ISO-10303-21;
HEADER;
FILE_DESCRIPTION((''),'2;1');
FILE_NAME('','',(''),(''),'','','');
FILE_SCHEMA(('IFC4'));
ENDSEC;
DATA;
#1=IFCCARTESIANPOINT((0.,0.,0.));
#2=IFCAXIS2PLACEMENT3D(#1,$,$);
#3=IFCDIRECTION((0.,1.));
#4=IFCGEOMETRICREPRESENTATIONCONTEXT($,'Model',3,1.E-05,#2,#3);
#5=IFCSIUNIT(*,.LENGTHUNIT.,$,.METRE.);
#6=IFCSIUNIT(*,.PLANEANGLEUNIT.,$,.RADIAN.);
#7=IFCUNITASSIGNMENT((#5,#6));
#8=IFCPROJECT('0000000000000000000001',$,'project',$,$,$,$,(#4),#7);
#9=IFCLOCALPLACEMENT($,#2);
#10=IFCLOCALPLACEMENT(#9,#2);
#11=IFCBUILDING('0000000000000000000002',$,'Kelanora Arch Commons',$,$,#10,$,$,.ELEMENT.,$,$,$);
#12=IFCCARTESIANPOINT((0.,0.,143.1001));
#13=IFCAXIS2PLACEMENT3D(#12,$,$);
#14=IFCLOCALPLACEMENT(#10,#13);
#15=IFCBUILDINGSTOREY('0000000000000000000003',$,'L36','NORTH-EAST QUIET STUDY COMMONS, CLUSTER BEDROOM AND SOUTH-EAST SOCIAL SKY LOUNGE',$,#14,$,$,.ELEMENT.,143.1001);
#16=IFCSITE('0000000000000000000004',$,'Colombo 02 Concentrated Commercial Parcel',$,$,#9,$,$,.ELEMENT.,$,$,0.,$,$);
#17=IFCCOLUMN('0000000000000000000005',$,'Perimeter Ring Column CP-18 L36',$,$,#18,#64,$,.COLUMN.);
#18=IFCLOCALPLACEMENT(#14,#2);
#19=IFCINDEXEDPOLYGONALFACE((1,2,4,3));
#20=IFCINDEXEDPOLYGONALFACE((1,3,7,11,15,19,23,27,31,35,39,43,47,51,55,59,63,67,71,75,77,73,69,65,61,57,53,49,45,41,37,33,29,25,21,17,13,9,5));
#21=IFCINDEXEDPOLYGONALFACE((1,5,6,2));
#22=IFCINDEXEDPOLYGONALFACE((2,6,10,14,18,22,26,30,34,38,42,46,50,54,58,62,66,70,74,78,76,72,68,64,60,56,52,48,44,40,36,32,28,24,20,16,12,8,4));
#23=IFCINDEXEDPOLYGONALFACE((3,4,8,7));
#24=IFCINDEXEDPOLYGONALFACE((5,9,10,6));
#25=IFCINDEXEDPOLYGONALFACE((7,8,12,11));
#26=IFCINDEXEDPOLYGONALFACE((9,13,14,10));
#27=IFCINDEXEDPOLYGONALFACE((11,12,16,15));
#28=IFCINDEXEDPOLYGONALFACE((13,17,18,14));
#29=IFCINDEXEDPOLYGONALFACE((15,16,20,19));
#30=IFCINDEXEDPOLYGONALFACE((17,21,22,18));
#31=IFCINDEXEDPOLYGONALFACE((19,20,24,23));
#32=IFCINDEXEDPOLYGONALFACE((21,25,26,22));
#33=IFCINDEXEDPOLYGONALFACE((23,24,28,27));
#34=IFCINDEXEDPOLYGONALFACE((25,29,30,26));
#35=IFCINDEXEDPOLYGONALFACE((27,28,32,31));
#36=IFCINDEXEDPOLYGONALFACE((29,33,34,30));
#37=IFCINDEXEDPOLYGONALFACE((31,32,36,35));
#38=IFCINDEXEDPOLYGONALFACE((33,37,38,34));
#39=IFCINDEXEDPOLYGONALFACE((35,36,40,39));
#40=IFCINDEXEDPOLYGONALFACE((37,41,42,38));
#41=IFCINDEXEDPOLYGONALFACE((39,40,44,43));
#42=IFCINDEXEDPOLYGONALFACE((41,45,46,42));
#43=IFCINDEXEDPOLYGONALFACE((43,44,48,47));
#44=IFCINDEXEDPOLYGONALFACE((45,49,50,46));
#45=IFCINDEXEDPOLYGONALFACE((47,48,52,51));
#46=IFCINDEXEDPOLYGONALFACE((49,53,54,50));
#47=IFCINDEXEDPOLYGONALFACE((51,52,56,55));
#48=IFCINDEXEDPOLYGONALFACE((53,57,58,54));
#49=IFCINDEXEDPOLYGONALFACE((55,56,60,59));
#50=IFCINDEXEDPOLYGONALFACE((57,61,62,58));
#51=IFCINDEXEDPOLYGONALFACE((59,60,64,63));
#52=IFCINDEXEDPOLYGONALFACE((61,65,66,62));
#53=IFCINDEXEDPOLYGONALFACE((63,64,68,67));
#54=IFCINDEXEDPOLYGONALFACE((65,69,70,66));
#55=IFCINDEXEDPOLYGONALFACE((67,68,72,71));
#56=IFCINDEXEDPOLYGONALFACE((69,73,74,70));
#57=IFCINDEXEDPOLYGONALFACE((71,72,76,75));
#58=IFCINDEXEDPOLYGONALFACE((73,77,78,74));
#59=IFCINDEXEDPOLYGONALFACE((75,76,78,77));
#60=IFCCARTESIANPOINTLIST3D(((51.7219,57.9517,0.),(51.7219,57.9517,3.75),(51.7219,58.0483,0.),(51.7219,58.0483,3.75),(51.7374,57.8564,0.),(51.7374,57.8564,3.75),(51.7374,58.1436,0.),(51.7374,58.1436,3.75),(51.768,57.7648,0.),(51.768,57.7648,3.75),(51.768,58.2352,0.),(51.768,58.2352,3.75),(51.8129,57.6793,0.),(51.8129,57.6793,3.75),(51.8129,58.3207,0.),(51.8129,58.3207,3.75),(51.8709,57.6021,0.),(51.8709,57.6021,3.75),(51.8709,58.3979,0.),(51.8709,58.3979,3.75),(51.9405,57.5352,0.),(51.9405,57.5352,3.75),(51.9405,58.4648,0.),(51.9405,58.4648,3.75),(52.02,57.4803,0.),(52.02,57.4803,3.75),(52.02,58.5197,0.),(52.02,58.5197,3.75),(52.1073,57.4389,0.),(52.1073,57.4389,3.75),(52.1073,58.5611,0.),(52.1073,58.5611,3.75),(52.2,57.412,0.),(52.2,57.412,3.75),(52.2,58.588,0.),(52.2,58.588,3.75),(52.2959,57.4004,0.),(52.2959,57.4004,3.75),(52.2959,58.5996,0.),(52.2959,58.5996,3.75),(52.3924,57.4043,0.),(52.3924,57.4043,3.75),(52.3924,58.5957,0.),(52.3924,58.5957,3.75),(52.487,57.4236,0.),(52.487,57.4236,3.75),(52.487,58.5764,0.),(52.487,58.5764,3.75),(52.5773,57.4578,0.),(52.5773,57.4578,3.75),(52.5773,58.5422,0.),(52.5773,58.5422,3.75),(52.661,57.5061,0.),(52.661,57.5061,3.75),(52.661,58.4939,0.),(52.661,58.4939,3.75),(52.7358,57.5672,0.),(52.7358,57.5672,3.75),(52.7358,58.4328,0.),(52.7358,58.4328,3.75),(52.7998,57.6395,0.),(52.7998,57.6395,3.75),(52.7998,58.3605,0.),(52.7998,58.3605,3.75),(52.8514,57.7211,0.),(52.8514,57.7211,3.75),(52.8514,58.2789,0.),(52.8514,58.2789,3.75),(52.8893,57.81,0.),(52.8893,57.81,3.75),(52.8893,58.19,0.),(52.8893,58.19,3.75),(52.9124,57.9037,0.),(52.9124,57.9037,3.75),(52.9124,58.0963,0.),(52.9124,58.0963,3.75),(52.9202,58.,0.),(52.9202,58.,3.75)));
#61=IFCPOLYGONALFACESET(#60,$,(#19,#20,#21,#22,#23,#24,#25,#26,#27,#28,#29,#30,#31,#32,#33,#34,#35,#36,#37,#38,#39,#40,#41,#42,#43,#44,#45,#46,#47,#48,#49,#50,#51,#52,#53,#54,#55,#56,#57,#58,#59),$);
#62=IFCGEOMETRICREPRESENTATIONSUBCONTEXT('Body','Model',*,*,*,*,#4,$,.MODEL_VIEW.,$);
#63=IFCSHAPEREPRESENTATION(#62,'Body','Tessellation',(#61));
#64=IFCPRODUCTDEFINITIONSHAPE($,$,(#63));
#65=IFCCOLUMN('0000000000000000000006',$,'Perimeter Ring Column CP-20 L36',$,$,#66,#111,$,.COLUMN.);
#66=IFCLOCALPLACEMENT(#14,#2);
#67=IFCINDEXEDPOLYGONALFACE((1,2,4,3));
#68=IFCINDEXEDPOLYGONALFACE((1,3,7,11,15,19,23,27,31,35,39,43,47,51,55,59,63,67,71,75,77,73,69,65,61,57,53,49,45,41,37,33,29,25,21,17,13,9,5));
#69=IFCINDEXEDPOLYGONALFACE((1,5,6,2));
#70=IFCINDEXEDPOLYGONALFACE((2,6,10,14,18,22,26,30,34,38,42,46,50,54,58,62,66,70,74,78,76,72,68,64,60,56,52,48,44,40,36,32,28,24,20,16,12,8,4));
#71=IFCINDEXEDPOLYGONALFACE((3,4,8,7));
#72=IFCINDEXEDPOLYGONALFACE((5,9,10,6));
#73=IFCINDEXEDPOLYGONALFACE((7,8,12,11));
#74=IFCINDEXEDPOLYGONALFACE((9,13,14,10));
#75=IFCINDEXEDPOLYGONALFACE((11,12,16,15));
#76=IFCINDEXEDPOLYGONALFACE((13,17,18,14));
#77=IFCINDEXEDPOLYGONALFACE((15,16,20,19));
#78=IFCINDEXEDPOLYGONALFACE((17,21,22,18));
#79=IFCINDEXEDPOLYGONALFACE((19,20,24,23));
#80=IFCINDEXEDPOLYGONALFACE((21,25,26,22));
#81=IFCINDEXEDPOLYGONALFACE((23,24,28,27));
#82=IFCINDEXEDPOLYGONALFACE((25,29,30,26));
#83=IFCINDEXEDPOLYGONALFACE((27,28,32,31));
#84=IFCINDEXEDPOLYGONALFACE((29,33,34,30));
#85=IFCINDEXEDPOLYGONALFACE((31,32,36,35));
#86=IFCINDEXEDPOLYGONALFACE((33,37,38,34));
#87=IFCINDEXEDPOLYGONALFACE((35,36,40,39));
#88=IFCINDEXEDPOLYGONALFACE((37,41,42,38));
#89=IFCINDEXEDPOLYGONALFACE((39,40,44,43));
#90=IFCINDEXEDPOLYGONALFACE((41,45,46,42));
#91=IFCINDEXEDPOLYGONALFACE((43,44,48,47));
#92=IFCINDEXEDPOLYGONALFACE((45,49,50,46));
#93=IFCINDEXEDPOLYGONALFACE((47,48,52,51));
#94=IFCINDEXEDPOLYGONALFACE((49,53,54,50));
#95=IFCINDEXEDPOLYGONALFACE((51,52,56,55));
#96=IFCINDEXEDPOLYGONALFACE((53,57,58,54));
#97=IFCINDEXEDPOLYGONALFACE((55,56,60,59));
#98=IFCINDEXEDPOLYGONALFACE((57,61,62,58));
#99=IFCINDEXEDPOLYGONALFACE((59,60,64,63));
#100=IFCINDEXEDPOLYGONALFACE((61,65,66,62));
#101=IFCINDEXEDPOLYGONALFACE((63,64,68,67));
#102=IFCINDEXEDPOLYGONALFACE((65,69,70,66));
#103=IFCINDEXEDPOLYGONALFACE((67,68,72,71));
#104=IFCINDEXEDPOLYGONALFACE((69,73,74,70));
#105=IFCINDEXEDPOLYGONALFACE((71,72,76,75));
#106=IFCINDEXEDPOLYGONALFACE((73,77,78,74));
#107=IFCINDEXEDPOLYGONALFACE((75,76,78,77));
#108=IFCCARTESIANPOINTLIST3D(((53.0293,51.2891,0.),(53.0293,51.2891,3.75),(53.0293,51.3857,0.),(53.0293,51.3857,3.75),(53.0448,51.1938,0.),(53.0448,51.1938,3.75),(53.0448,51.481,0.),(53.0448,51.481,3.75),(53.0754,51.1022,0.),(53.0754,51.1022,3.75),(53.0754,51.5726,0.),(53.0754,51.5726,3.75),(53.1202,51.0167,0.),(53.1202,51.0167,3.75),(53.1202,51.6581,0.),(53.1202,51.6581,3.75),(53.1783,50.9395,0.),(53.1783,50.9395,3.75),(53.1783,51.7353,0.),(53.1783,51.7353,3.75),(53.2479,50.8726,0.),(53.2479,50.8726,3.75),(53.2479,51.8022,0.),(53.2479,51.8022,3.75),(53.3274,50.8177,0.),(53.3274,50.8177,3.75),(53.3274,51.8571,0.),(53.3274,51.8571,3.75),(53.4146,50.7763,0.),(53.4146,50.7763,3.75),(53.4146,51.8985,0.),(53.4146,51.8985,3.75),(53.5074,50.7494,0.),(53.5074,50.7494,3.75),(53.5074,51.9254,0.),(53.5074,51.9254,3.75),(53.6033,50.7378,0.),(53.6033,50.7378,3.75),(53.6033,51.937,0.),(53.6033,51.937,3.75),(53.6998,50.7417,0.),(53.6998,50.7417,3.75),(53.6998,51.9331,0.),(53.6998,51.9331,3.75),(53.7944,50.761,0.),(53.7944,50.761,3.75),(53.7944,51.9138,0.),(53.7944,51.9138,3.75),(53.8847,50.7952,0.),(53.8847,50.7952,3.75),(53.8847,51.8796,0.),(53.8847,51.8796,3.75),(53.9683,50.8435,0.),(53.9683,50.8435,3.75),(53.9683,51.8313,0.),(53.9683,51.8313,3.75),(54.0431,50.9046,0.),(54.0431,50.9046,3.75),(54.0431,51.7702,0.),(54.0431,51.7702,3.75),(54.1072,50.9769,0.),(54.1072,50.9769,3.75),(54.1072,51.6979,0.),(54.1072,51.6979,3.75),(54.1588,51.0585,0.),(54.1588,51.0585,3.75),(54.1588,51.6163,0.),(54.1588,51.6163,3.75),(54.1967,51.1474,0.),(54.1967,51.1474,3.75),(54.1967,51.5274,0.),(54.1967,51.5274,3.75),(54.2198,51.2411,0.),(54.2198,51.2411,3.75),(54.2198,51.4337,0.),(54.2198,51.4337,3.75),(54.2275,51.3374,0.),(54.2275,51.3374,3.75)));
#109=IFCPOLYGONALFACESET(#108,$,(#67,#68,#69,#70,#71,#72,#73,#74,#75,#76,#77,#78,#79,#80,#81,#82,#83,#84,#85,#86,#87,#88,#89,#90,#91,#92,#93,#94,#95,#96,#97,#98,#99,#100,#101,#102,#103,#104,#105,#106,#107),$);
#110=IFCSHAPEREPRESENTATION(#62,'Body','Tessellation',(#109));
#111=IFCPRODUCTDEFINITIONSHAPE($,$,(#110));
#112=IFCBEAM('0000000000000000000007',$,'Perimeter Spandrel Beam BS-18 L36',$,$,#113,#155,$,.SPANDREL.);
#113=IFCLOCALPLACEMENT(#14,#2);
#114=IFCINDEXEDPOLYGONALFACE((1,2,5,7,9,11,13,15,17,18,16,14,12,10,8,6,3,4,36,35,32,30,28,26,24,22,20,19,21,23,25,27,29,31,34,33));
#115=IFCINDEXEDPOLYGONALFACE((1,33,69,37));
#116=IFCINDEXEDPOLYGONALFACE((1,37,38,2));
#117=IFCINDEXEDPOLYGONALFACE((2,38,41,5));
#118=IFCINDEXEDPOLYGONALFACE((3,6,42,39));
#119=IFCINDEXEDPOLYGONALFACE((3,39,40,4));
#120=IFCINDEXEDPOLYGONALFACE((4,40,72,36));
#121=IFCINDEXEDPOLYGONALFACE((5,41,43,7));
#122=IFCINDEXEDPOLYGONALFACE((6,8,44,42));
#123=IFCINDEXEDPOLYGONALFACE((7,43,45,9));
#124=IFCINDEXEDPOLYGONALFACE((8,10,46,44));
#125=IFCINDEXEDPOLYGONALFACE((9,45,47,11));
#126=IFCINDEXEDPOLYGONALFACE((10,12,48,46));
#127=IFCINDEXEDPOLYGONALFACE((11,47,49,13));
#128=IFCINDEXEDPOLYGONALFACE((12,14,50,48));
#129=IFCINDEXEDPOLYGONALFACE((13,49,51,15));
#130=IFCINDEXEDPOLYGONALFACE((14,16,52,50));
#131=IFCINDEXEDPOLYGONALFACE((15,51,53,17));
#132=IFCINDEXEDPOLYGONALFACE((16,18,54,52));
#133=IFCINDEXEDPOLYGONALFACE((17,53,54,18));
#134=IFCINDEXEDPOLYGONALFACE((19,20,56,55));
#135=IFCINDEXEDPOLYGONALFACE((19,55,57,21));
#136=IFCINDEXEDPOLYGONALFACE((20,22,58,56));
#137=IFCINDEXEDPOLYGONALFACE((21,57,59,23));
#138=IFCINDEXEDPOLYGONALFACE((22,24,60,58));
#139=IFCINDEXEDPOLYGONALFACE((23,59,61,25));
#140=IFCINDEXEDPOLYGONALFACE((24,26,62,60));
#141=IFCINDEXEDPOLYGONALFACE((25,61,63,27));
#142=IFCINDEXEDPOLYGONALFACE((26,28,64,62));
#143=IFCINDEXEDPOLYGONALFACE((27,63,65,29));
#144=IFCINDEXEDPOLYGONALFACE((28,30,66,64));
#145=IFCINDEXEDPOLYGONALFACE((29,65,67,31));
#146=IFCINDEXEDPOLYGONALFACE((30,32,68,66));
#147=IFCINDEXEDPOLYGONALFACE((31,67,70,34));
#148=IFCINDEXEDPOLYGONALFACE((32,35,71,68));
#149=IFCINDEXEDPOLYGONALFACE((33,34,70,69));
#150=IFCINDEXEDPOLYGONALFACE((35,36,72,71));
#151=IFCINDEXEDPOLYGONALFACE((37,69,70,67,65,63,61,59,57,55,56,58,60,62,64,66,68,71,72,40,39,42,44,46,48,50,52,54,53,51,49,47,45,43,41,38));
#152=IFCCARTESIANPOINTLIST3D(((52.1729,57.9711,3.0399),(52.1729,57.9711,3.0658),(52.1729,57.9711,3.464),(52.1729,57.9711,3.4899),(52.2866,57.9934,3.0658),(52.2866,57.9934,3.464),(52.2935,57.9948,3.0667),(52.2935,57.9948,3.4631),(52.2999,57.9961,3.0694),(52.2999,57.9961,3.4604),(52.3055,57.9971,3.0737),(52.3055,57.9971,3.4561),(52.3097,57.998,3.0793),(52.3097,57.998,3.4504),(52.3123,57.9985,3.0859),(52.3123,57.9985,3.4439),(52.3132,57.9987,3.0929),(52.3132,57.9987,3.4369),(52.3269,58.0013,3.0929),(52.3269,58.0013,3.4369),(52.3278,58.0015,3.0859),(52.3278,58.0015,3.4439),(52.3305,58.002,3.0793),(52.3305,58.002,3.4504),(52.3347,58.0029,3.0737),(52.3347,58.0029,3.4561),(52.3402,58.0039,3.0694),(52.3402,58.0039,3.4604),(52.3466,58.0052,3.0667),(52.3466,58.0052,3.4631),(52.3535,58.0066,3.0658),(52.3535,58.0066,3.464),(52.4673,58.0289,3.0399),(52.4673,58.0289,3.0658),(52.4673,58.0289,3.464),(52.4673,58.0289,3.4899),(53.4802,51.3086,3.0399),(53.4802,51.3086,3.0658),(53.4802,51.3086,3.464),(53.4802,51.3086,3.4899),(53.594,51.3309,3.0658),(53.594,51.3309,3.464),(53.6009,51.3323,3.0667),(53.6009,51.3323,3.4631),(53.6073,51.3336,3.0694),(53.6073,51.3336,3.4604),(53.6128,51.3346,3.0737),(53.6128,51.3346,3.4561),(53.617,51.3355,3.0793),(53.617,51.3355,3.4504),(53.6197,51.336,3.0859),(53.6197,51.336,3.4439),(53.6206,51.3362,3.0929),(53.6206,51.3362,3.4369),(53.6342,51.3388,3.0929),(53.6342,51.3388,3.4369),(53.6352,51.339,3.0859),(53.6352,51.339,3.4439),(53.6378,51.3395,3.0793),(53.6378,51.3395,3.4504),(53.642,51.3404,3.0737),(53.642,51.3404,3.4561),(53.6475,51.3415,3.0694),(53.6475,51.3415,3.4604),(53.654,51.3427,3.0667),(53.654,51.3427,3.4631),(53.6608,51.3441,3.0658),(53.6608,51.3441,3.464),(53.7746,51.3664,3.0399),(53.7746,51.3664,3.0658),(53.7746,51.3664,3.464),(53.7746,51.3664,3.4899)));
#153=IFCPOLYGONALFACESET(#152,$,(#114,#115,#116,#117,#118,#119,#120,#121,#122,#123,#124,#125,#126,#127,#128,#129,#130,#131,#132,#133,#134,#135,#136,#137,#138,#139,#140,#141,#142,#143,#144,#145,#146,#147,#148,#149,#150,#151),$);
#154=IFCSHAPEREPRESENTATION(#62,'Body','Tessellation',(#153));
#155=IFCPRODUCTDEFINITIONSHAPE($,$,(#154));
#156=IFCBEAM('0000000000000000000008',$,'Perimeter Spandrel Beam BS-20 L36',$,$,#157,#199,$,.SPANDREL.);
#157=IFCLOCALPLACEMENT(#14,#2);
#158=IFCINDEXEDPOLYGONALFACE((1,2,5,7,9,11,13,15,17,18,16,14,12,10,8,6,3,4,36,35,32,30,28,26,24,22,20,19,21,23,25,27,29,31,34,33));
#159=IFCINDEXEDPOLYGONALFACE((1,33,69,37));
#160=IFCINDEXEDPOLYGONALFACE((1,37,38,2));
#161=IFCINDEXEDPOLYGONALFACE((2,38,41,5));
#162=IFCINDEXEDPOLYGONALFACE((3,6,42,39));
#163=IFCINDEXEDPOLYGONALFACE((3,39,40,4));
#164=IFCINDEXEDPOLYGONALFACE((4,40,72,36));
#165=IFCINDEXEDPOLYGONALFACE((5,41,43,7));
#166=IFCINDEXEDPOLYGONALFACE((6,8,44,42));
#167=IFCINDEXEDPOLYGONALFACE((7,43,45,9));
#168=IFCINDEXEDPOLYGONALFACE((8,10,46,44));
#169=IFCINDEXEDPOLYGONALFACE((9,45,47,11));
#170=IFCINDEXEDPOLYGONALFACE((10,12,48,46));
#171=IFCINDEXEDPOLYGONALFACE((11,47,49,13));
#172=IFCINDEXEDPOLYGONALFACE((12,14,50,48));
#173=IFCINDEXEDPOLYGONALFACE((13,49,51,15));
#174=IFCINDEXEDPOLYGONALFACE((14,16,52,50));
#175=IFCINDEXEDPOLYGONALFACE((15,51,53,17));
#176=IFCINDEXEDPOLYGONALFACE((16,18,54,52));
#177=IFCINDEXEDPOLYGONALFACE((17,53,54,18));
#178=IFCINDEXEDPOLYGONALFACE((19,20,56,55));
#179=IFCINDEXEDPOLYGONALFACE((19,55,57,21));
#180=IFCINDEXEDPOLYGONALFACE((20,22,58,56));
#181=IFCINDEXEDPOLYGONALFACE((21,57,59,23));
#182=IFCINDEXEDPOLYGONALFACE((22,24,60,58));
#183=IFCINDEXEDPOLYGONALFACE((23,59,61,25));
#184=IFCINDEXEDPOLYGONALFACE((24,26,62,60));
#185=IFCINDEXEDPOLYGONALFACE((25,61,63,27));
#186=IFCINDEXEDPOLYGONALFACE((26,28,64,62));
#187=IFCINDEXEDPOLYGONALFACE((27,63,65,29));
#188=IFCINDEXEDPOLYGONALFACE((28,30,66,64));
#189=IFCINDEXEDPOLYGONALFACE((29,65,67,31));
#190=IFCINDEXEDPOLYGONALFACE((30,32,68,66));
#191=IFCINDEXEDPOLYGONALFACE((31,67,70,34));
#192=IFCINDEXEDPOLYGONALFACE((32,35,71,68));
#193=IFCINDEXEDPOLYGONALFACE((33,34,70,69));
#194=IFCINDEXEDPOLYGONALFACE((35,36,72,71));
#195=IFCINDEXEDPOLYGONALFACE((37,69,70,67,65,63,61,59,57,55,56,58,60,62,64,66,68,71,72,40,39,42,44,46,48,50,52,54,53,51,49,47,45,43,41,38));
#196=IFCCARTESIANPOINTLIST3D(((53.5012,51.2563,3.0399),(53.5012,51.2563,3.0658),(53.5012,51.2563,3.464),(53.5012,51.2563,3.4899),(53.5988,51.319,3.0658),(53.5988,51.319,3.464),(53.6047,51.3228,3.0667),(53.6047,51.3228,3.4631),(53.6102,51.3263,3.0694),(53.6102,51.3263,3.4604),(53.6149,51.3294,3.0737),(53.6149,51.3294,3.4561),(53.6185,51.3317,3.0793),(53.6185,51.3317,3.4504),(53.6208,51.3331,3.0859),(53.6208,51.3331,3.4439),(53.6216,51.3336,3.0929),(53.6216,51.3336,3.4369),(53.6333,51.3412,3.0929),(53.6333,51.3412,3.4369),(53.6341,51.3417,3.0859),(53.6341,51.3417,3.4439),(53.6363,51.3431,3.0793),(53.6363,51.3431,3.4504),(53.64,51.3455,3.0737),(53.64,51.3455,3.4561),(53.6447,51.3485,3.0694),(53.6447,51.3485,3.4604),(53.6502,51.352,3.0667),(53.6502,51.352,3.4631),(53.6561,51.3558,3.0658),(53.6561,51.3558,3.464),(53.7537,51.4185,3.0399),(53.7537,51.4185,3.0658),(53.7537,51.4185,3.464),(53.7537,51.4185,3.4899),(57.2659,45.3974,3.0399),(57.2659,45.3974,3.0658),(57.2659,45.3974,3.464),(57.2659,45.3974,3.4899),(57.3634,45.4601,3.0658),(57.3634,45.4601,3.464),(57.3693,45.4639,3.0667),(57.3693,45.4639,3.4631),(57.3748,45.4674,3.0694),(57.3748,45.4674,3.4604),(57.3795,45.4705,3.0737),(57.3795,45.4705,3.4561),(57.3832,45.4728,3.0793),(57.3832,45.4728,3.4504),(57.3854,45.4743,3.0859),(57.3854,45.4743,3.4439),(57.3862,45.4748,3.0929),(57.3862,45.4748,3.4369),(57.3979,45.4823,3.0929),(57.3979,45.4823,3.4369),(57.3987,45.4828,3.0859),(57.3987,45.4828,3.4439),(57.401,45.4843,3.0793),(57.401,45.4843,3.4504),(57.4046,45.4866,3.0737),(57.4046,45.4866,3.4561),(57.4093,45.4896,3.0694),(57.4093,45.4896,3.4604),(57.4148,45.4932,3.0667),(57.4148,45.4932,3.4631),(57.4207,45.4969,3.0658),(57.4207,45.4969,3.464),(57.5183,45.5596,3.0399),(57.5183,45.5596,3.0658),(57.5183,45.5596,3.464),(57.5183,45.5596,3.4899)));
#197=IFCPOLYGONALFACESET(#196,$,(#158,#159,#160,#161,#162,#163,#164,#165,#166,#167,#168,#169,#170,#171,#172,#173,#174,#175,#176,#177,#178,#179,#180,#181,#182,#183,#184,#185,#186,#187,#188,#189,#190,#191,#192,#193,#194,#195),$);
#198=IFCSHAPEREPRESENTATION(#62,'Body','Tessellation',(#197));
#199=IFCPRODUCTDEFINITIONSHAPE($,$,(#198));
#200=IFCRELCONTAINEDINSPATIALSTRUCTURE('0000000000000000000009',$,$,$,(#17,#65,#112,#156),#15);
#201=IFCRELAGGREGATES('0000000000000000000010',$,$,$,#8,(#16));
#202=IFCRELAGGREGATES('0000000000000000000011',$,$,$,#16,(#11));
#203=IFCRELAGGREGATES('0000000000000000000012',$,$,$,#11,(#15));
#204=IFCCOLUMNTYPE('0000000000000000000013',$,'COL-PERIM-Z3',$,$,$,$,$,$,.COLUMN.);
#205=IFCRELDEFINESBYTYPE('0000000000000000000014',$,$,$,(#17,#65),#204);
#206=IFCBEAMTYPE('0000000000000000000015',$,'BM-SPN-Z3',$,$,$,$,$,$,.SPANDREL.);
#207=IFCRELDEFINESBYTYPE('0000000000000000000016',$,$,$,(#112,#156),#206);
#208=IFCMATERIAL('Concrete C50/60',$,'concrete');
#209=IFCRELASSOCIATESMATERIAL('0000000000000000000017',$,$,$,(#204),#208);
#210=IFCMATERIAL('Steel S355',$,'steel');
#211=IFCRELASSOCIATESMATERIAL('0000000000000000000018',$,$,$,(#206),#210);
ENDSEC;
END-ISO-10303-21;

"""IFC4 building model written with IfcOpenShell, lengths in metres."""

from ifc_helpers import new_model, si_unit, direction, frame, origin, origin_2d, place, context, subcontext, project, spatial, circle, i_section, extrude, material, material_profile, profile_set, type_object, element, save


model = new_model("IFC4")

# Units and contexts
model_context = context("Model", 3, precision=1e-05, world=origin(), true_north=direction((0.0, 1.0)))
body_context = subcontext(model_context, "Body", "Model", "MODEL_VIEW")
ifc_project = project(units=[si_unit("LENGTHUNIT", "METRE"), si_unit("PLANEANGLEUNIT", "RADIAN")], contexts=[model_context])

# Site, building, storey
site_placement = place(None, origin())
site = spatial("IfcSite", under=ifc_project, at=site_placement, Name="Colombo 02 Concentrated Commercial Parcel", CompositionType="ELEMENT", RefElevation=0.0)
building_placement = place(site_placement, origin())
building = spatial("IfcBuilding", under=site, at=building_placement, Name="Kelanora Arch Commons", CompositionType="ELEMENT")
storey_placement = place(building_placement, frame((0.0, 0.0, 143.1001)))
storey = spatial("IfcBuildingStorey", under=building, at=storey_placement, Name="L36", Description="NORTH-EAST QUIET STUDY COMMONS, CLUSTER BEDROOM AND SOUTH-EAST SOCIAL SKY LOUNGE", CompositionType="ELEMENT", Elevation=143.1001)

# Columns
ifc_material_1 = material(Name="Concrete C50/60", Category="concrete")
ifc_material_profile_1 = material_profile(ifc_material_1, circle(Radius=0.6001, at=origin_2d()), Name="RCC1200")
ifc_profile_set_1 = profile_set([ifc_material_profile_1], Name="Concrete C50/60")
column_type = type_object("IfcColumnType", Name="COL-PERIM-Z3", PredefinedType="COLUMN", material=ifc_profile_set_1)
for number, where, z_axis, x_axis, name in (
    (1, (52.3201, 58.0, 0.0), (0.0, 0.0, 1.0), (1.0, 0.0, 0.0), "Perimeter Ring Column CP-18 L36"),
    (2, (53.6274, 51.3374, 0.0), (0.0, 0.0, 1.0), (1.0, 0.0, 0.0), "Perimeter Ring Column CP-20 L36"),
):
    element("IfcColumn", number, at=place(storey_placement, frame(where, z_axis=z_axis, x_axis=x_axis)), inside=storey, type_object=column_type, Name=name, PredefinedType="COLUMN", context=body_context, shape_type="SweptSolid", body=[
        extrude(circle(Radius=0.6001, at=origin_2d()), origin(), (0.0, 0.0, 1.0), 3.75),
    ])

# Beams
ifc_material_2 = material(Name="Steel S355", Category="steel")
ifc_material_profile_2 = material_profile(ifc_material_2, i_section(OverallWidth=0.3, OverallDepth=0.45, WebThickness=0.0139, FlangeThickness=0.0259, FilletRadius=0.0271, at=origin_2d()), Name="HEB450")
ifc_profile_set_2 = profile_set([ifc_material_profile_2], Name="Steel S355")
beam_type = type_object("IfcBeamType", Name="BM-SPN-Z3", PredefinedType="SPANDREL", material=ifc_profile_set_2)
beam_1_placement = place(storey_placement, frame((52.3201, 58.0, 3.2649), z_axis=(0.192554, -0.981286, 0.0), x_axis=(0.981286, 0.192554, 0.0)))
element("IfcBeam", 3, at=beam_1_placement, inside=storey, type_object=beam_type, Name="Perimeter Spandrel Beam BS-18 L36", PredefinedType="SPANDREL", context=body_context, shape_type="SweptSolid", body=[
    extrude(i_section(OverallWidth=0.3, OverallDepth=0.45, WebThickness=0.0139, FlangeThickness=0.0259, FilletRadius=0.0271, at=origin_2d()), origin(), (0.0, 0.0, 1.0), 6.7896),
])
beam_2_placement = place(storey_placement, frame((53.6274, 51.3374, 3.2649), z_axis=(0.540577, -0.841295, 0.0), x_axis=(0.841295, 0.540577, 0.0)))
element("IfcBeam", 4, at=beam_2_placement, inside=storey, type_object=beam_type, Name="Perimeter Spandrel Beam BS-20 L36", PredefinedType="SPANDREL", context=body_context, shape_type="SweptSolid", body=[
    extrude(i_section(OverallWidth=0.3, OverallDepth=0.45, WebThickness=0.0139, FlangeThickness=0.0259, FilletRadius=0.0271, at=origin_2d()), origin(), (0.0, 0.0, 1.0), 6.9641),
])

save(model, "model.ifc")
